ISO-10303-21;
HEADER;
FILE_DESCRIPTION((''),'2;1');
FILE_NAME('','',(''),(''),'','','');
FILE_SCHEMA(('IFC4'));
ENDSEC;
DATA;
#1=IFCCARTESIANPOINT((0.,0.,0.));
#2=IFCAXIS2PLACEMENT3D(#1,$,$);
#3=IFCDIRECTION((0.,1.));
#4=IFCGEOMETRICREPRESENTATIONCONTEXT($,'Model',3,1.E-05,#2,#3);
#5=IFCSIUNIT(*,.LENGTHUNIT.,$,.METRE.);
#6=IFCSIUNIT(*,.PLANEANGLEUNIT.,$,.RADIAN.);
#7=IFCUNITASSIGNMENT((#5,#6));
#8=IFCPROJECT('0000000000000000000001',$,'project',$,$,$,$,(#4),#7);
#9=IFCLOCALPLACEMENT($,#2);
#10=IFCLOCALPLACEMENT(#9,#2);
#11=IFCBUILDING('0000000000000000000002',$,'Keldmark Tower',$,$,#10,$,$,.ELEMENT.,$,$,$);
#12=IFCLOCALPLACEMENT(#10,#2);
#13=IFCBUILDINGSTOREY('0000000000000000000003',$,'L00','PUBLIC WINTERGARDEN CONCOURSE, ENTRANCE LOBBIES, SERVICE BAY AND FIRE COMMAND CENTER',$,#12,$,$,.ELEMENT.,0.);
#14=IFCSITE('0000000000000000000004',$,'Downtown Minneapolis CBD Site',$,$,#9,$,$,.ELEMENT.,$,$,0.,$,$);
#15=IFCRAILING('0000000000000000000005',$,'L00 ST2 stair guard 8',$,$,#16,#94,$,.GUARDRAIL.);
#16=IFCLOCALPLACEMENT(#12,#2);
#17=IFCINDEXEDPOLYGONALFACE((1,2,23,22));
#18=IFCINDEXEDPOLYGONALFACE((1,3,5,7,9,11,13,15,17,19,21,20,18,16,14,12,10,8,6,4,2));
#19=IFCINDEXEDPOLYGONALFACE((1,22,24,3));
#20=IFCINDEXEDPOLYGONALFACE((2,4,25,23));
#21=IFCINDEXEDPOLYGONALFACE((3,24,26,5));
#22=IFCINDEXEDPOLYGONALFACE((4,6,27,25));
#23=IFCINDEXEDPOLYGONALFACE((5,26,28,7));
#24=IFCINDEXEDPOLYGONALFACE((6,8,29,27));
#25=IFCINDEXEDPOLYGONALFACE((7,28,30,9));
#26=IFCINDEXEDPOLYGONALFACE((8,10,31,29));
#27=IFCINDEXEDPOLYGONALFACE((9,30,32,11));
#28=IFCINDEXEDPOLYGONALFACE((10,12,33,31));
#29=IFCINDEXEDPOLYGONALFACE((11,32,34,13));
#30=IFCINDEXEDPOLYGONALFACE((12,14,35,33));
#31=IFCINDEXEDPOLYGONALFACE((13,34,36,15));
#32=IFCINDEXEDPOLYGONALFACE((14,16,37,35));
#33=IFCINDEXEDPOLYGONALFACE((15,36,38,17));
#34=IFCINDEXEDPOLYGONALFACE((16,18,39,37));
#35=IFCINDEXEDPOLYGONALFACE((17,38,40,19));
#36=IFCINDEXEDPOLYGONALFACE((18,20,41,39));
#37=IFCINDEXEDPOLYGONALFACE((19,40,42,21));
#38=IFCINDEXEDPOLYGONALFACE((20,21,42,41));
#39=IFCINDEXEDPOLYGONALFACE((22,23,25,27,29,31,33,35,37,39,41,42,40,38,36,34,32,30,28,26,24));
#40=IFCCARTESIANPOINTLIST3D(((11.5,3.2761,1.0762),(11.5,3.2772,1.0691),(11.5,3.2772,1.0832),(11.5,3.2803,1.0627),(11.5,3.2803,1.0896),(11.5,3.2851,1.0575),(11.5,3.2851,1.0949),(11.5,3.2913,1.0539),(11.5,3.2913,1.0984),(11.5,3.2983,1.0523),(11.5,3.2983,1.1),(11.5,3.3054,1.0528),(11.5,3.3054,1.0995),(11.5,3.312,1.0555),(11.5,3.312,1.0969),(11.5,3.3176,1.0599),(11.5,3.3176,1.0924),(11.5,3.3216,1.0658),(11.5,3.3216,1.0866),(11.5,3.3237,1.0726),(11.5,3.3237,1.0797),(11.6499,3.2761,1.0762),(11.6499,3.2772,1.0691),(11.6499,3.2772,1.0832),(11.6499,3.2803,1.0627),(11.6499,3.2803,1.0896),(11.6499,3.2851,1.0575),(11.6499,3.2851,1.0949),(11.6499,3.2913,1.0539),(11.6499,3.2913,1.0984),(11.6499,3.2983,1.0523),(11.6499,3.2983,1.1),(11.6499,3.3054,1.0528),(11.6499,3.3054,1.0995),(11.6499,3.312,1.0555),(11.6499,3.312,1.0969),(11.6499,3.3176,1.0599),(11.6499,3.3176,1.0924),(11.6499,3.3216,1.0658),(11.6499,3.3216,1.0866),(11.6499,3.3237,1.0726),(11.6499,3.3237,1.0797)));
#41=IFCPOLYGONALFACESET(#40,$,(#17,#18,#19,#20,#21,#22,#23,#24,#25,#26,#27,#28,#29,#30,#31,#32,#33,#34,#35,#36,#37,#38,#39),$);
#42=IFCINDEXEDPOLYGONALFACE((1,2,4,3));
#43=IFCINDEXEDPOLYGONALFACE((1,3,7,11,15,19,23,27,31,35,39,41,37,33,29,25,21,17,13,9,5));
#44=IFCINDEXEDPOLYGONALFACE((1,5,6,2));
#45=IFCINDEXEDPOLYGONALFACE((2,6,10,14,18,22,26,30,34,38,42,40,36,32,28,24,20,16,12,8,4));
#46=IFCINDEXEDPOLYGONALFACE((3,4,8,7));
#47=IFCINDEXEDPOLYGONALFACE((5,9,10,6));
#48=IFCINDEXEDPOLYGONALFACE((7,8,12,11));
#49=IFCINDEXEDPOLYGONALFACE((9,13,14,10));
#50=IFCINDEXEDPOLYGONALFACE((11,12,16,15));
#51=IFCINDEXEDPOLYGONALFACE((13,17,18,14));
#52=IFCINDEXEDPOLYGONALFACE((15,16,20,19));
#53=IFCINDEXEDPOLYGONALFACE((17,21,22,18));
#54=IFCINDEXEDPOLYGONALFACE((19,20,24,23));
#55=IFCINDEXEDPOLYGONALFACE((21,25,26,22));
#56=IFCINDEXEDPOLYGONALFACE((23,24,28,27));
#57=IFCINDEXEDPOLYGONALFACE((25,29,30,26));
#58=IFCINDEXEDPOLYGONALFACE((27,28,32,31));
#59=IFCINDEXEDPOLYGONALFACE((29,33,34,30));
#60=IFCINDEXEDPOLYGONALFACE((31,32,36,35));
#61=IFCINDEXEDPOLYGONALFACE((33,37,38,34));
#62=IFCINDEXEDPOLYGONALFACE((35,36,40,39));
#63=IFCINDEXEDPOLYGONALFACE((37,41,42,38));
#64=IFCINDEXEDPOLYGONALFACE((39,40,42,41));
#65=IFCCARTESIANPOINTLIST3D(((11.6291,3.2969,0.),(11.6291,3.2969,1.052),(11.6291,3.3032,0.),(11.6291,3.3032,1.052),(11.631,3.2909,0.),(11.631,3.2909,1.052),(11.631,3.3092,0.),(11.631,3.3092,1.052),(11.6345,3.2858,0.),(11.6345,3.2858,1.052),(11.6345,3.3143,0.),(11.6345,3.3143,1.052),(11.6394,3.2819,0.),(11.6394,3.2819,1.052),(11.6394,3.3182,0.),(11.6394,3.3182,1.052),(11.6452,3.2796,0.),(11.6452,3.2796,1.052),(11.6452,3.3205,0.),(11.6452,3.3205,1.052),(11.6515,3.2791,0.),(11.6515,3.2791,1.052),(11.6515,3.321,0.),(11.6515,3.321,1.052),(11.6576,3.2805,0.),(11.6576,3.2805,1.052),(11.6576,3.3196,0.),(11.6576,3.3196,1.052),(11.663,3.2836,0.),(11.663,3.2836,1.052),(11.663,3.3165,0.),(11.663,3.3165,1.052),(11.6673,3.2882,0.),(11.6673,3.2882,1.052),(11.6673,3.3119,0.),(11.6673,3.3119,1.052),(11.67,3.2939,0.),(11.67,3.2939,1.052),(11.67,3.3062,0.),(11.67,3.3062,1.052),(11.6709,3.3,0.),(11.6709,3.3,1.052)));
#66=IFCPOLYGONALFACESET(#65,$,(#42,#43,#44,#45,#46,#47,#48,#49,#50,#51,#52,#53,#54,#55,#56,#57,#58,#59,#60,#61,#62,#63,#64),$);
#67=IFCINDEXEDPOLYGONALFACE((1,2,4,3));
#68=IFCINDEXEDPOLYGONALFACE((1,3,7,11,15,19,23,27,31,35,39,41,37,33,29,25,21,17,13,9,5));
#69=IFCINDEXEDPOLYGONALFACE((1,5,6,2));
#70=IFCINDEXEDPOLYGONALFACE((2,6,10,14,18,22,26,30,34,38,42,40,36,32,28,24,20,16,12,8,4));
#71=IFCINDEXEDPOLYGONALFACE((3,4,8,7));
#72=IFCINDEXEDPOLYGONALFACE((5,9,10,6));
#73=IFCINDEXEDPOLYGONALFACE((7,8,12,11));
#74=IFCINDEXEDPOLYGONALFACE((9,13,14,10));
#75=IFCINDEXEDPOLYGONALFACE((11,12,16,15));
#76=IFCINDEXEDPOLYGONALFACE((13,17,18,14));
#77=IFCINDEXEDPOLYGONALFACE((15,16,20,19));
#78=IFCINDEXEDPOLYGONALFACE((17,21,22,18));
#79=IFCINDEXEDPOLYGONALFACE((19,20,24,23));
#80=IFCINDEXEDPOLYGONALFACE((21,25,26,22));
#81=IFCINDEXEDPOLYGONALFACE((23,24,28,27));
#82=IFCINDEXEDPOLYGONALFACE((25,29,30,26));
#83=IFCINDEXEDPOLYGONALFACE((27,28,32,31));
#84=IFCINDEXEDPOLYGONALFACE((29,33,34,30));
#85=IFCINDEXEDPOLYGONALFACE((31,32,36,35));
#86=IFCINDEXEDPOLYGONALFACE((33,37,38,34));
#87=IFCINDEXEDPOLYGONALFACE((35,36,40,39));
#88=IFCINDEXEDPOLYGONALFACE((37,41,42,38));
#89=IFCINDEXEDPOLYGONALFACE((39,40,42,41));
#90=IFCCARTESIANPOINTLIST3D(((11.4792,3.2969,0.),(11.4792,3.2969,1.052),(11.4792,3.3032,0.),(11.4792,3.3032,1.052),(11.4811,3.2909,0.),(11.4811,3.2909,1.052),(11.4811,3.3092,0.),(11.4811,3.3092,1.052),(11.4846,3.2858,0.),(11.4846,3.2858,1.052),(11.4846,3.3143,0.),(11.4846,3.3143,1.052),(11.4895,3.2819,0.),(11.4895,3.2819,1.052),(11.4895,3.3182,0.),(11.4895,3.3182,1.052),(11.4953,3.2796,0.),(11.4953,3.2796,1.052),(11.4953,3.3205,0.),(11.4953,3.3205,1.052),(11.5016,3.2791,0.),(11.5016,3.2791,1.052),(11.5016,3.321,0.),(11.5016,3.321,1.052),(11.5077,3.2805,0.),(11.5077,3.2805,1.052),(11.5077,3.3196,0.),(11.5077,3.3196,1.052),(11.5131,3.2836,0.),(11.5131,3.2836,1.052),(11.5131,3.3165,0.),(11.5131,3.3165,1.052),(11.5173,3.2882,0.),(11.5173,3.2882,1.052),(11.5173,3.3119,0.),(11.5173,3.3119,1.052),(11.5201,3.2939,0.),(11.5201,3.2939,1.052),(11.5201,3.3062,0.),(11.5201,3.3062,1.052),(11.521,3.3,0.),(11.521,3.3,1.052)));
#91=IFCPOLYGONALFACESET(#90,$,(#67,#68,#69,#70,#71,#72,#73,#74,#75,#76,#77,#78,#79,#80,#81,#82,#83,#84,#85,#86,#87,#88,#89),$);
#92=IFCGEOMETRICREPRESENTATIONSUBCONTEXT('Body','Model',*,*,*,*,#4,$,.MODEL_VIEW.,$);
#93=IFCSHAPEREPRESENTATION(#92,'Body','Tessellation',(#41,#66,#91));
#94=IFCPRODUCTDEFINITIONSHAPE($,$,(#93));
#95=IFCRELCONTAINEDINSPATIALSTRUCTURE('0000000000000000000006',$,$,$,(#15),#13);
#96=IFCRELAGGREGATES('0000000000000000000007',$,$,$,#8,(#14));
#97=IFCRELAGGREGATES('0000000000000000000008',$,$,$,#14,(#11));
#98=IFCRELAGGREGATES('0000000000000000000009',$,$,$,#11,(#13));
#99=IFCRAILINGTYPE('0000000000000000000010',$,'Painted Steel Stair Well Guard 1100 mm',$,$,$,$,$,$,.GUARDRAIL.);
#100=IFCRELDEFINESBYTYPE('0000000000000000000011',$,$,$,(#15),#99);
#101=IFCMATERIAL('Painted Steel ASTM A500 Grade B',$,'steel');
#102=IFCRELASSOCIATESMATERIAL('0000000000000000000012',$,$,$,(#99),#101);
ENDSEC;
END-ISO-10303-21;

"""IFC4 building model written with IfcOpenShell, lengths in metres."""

from ifc_helpers import new_model, si_unit, direction, frame, origin, origin_2d, place, context, subcontext, project, spatial, circle, extrude, material, type_object, element, save


model = new_model("IFC4")

# Units and contexts
model_context = context("Model", 3, precision=1e-05, world=origin(), true_north=direction((0.0, 1.0)))
body_context = subcontext(model_context, "Body", "Model", "MODEL_VIEW")
ifc_project = project(units=[si_unit("LENGTHUNIT", "METRE"), si_unit("PLANEANGLEUNIT", "RADIAN")], contexts=[model_context])

# Site, building, storey
site_placement = place(None, origin())
site = spatial("IfcSite", under=ifc_project, at=site_placement, Name="Downtown Minneapolis CBD Site", CompositionType="ELEMENT", RefElevation=0.0)
building_placement = place(site_placement, origin())
building = spatial("IfcBuilding", under=site, at=building_placement, Name="Keldmark Tower", CompositionType="ELEMENT")
storey_placement = place(building_placement, origin())
storey = spatial("IfcBuildingStorey", under=building, at=storey_placement, Name="L00", Description="PUBLIC WINTERGARDEN CONCOURSE, ENTRANCE LOBBIES, SERVICE BAY AND FIRE COMMAND CENTER", CompositionType="ELEMENT", Elevation=0.0)

# Railing
ifc_material_1 = material(Name="Painted Steel ASTM A500 Grade B", Category="steel")
railing_type_1 = type_object("IfcRailingType", Name="Painted Steel Stair Well Guard 1100 mm", PredefinedType="GUARDRAIL", material=ifc_material_1)
railing_1_placement = place(storey_placement, frame((11.6499, 3.3, 0.0)))
element("IfcRailing", 1, at=railing_1_placement, inside=storey, type_object=railing_type_1, Name="L00 ST2 stair guard 8", PredefinedType="GUARDRAIL", context=body_context, shape_type="SweptSolid", body=[
    extrude(circle(Radius=0.0239, at=origin_2d()), frame((0.0, 0.0, 1.0762), z_axis=(-1.0, 0.0, 0.0), x_axis=(0.0, -1.0, 0.0)), (0.0, 0.0, 1.0), 0.1499),
    extrude(circle(Radius=0.021, at=origin_2d()), origin(), (0.0, 0.0, 1.0), 1.052),
    extrude(circle(Radius=0.021, at=origin_2d()), frame((-0.1499, 0.0, 0.0)), (0.0, 0.0, 1.0), 1.052),
])

save(model, "model.ifc")
